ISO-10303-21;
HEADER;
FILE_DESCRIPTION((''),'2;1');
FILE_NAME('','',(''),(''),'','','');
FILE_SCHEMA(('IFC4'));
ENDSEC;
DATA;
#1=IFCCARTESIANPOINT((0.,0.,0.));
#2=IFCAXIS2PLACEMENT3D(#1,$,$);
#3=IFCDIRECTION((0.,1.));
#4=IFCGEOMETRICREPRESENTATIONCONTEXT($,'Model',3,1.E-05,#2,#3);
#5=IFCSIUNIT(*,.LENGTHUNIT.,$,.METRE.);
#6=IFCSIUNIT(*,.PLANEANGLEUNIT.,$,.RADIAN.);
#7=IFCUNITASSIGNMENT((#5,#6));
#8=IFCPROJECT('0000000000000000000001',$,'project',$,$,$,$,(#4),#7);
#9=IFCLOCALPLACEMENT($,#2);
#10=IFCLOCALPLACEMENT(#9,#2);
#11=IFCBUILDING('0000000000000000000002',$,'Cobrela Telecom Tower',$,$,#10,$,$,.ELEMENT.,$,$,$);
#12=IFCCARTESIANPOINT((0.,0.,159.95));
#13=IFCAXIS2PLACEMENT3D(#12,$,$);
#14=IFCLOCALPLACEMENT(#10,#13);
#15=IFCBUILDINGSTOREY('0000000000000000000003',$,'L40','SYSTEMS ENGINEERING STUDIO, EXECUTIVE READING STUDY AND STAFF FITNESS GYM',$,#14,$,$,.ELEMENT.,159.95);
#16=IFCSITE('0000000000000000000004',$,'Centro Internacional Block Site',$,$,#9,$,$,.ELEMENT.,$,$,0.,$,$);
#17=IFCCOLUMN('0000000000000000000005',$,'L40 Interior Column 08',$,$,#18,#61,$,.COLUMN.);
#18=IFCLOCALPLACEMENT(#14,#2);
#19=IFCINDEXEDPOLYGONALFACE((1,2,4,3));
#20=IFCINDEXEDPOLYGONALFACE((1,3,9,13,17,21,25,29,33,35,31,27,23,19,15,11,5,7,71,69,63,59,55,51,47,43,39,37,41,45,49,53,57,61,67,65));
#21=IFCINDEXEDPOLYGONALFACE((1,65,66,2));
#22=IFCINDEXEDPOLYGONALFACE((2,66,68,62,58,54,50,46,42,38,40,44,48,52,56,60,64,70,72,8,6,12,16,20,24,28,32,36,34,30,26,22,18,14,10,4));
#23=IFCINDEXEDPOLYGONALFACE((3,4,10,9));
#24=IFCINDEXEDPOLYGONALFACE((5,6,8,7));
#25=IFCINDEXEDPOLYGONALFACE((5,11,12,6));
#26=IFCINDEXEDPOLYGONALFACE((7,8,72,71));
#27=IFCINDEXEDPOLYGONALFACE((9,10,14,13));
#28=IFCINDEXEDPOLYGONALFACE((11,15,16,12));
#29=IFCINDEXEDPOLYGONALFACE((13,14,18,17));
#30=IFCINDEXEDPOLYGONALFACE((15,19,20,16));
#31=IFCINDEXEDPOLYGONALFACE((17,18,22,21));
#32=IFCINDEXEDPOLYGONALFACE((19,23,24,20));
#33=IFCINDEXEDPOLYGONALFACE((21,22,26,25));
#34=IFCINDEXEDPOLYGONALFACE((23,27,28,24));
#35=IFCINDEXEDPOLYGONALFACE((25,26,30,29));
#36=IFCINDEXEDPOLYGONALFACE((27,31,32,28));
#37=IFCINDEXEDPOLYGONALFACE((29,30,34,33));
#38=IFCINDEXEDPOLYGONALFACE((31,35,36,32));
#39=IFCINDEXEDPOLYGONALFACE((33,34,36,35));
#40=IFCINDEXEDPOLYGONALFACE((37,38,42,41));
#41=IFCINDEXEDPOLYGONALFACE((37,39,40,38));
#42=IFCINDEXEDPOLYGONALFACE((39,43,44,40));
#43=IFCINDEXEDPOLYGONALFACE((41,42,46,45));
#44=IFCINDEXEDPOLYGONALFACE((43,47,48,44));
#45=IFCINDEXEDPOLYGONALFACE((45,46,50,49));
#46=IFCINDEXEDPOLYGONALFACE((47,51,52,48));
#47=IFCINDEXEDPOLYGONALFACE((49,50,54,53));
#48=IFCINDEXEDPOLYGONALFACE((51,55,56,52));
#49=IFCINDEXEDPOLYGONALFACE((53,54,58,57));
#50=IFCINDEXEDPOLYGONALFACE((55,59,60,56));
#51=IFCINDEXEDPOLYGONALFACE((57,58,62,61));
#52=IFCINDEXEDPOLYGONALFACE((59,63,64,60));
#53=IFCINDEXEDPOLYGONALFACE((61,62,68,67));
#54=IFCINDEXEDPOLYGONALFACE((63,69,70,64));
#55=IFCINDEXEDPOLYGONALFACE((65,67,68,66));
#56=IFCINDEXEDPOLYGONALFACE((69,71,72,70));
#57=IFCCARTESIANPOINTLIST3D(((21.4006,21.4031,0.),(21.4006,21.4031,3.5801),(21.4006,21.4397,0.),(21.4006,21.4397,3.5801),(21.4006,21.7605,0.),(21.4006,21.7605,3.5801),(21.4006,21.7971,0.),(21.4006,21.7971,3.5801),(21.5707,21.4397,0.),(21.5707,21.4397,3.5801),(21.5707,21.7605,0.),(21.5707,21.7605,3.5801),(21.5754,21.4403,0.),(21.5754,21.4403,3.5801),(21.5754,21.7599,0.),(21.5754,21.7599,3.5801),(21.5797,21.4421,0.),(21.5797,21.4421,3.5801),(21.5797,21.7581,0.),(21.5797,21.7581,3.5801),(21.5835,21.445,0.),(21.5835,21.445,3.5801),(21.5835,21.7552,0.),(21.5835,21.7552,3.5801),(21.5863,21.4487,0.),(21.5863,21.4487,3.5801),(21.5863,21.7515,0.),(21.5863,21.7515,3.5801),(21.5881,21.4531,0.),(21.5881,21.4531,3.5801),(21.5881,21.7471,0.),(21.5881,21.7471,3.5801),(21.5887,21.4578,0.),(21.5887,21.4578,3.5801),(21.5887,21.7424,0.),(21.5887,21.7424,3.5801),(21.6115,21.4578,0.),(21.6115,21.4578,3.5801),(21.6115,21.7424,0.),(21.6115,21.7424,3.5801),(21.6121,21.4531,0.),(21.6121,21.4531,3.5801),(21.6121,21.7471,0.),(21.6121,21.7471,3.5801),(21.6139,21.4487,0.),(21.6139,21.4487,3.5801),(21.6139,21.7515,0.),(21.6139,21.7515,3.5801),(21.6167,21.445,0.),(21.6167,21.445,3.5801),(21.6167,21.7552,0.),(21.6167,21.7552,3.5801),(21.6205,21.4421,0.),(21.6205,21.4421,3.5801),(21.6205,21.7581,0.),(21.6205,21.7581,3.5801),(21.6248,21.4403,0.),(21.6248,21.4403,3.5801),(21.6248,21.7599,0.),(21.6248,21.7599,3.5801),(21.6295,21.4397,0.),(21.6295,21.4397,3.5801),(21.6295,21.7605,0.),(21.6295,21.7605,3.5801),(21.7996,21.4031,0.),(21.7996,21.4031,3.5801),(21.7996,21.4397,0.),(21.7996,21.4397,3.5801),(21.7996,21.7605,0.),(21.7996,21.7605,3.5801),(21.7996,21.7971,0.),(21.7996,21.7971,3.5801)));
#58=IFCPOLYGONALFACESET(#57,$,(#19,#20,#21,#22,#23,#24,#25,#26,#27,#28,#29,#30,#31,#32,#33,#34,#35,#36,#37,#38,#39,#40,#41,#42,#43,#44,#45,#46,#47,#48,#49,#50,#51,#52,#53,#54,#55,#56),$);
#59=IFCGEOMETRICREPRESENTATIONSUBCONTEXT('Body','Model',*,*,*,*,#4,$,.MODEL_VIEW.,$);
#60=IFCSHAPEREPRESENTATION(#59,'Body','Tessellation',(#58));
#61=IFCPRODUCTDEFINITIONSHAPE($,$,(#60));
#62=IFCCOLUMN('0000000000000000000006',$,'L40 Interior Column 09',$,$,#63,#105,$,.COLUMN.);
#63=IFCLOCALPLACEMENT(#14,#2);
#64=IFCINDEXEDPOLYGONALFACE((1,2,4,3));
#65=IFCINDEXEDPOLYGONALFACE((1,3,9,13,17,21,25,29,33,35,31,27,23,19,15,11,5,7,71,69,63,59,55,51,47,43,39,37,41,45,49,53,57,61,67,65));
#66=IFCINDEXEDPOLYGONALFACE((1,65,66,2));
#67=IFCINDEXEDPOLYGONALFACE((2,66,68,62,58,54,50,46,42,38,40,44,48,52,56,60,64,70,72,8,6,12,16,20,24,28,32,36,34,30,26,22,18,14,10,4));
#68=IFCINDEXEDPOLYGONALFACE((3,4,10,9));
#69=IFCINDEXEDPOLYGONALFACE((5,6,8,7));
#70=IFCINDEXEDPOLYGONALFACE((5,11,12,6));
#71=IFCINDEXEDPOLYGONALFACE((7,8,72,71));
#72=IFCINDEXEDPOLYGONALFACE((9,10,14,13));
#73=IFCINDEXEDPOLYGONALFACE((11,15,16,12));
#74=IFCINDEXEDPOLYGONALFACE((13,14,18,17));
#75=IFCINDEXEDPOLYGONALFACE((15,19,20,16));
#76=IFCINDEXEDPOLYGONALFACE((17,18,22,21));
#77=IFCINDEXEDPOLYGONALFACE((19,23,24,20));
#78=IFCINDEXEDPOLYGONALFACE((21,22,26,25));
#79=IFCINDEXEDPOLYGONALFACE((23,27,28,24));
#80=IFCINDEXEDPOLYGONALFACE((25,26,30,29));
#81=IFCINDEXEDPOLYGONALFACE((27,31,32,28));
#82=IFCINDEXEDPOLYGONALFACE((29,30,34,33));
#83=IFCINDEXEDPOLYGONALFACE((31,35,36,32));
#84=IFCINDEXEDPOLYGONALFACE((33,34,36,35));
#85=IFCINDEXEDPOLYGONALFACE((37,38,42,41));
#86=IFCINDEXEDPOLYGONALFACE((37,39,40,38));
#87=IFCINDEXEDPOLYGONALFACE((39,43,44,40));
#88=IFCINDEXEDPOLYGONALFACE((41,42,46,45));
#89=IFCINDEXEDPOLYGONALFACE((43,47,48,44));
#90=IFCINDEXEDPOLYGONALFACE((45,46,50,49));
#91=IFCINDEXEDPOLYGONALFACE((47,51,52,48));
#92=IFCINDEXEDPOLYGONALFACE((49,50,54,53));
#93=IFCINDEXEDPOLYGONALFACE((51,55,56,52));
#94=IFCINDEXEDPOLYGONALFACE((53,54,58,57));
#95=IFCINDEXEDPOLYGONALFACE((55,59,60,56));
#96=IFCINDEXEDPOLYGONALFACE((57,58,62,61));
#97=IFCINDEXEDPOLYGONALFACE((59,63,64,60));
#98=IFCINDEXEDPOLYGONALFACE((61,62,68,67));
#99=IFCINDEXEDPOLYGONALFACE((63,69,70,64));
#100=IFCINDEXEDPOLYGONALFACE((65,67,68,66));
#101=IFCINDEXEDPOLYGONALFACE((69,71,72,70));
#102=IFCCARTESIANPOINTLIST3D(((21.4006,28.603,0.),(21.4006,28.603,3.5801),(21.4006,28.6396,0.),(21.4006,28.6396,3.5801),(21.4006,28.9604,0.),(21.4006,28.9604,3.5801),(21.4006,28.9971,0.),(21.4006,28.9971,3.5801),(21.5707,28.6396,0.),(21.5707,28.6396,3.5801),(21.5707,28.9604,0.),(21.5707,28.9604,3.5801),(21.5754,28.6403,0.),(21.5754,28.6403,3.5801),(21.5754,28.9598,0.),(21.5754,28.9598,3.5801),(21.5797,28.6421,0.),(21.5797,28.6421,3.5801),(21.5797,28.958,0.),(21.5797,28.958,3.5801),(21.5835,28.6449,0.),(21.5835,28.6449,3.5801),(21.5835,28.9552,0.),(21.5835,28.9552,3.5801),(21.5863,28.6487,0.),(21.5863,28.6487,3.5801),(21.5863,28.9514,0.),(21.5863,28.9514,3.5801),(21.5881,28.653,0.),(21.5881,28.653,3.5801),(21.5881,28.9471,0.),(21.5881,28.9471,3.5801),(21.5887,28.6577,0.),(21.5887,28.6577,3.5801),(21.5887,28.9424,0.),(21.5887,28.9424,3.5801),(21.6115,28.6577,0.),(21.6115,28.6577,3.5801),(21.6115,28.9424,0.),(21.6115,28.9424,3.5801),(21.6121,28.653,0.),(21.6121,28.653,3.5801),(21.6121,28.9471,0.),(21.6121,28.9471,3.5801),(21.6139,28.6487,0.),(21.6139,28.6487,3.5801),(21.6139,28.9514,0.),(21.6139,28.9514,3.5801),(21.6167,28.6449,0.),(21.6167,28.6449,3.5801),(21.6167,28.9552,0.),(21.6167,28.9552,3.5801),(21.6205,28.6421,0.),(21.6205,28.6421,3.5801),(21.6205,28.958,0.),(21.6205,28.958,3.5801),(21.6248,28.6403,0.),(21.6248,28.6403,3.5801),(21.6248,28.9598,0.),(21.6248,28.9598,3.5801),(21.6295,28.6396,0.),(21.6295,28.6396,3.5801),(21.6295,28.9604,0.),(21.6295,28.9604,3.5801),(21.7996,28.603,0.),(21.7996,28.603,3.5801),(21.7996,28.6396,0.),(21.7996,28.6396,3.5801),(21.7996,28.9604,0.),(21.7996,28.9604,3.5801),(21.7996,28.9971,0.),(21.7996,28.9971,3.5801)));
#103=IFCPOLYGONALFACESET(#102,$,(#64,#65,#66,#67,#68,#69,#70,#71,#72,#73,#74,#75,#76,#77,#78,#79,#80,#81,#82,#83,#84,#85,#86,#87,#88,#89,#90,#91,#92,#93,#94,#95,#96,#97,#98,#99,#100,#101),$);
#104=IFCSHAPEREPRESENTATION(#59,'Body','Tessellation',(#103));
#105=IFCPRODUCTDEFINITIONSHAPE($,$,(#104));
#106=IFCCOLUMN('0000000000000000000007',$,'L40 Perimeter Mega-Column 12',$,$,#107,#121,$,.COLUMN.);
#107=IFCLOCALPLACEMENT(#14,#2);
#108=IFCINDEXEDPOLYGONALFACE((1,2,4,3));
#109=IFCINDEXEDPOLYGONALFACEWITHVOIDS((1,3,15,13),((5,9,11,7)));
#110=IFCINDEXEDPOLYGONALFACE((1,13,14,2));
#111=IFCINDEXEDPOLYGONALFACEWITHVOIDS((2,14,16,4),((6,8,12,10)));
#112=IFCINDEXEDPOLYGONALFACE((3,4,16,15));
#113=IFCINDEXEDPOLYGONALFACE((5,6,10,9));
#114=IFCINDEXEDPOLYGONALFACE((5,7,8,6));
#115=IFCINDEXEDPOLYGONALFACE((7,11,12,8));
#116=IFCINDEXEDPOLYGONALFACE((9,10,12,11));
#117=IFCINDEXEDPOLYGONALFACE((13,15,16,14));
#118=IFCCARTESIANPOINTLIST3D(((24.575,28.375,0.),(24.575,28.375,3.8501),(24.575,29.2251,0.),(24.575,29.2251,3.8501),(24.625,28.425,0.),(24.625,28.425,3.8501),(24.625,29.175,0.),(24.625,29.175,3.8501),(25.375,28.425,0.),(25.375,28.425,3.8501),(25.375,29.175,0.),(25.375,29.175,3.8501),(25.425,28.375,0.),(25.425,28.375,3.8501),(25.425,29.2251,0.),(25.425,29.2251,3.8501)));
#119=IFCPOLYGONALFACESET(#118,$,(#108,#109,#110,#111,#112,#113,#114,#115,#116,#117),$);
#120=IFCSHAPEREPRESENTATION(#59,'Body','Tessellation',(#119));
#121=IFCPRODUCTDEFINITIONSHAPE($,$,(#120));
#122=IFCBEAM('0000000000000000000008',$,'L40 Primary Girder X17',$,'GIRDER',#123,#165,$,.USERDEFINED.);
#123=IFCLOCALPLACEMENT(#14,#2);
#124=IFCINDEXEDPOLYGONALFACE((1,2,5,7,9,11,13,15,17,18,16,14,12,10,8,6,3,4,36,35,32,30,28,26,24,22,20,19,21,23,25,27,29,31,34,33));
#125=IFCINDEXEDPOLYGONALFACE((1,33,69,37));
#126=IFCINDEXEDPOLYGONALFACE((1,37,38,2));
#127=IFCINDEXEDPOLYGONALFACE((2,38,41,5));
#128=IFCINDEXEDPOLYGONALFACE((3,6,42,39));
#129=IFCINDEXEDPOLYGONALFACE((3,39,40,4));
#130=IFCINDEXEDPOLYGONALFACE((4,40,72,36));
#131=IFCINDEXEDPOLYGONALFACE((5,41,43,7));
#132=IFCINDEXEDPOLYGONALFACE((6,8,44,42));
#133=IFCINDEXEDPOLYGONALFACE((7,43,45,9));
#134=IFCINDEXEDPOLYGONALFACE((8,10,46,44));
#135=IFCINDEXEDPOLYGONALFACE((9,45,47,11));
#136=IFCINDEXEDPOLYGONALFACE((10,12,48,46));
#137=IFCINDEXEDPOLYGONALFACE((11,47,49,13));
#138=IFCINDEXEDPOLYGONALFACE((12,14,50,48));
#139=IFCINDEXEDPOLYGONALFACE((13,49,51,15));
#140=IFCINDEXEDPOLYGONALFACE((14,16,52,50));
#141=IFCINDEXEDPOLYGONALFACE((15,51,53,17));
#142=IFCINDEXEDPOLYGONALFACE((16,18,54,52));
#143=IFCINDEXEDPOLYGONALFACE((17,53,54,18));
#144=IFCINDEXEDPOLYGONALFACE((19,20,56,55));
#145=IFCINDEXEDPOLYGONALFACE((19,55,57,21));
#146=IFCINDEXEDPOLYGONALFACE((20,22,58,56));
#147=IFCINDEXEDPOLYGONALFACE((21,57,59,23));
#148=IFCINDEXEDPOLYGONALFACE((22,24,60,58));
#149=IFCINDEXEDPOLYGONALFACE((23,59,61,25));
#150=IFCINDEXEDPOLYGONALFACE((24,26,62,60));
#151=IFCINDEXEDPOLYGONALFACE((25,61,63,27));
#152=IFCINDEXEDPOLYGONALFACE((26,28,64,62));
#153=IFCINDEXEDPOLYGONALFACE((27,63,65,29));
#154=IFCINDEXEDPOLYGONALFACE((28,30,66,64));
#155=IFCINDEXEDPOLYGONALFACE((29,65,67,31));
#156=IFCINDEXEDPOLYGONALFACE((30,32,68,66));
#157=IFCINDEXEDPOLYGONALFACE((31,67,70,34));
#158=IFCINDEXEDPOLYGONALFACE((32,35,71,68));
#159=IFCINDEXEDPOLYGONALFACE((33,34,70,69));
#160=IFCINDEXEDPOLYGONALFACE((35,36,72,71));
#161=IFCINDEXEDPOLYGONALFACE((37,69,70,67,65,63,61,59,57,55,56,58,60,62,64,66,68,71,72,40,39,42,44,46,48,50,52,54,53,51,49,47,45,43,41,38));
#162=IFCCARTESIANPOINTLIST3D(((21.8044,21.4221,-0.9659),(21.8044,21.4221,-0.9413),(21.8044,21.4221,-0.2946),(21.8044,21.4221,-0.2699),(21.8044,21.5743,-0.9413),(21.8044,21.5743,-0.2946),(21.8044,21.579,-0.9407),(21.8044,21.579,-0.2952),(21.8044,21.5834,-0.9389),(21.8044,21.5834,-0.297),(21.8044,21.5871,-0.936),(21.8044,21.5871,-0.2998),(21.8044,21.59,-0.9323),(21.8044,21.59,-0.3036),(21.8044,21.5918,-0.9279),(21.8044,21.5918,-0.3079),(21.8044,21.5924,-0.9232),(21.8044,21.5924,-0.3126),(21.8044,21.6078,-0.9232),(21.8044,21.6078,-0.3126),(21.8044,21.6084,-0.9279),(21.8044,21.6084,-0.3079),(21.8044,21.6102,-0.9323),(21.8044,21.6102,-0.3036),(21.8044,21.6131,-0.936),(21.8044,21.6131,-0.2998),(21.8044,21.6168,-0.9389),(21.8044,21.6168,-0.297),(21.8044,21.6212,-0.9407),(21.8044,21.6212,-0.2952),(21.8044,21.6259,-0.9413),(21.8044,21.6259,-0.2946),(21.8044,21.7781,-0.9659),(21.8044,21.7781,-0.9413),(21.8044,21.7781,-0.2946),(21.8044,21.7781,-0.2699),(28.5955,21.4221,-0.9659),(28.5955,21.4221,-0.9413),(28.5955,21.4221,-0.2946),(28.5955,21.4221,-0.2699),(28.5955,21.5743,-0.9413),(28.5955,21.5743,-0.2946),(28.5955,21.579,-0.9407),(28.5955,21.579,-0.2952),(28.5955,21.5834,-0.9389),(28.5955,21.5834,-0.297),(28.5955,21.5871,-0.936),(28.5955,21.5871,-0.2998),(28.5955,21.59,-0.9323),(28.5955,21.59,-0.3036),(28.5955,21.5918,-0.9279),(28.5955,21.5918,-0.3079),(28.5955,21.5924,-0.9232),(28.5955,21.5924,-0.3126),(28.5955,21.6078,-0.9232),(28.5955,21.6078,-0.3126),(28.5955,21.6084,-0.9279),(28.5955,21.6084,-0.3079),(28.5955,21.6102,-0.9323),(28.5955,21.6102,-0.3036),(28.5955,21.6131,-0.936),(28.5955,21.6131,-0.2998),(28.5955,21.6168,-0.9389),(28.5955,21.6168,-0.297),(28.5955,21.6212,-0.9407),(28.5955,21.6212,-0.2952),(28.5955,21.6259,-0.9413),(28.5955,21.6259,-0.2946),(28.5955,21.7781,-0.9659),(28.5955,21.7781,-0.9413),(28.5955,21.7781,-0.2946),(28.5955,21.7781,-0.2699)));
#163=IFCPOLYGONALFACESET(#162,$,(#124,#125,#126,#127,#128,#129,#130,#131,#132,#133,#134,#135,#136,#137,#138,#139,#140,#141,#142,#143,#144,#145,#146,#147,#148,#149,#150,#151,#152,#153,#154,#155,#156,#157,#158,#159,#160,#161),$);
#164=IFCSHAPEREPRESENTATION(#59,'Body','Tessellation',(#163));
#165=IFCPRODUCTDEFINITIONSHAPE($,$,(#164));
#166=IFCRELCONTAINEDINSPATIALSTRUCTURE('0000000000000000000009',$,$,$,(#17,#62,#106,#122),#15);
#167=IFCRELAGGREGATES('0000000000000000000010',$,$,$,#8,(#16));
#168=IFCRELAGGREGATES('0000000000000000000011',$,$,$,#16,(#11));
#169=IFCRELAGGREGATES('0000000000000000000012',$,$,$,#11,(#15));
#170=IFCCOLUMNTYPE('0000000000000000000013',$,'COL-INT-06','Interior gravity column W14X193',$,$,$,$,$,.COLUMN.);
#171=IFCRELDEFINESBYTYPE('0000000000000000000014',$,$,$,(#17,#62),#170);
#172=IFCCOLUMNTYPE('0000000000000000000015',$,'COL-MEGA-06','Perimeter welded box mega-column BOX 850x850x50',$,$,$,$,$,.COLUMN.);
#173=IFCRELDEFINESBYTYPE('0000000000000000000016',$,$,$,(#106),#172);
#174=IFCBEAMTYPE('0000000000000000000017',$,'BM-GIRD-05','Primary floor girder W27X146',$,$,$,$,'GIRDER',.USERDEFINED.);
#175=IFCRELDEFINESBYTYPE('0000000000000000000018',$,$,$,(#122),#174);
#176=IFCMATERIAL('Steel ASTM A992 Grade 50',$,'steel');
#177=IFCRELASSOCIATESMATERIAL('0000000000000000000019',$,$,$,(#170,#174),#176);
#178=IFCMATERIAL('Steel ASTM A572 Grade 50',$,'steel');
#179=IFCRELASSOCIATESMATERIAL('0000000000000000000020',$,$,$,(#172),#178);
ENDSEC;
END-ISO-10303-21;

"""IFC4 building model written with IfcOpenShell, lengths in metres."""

from ifc_helpers import new_model, si_unit, direction, frame, origin, origin_2d, place, context, subcontext, project, spatial, hollow_rectangle, i_section, extrude, material, material_profile, profile_set, type_object, element, save


model = new_model("IFC4")

# Units and contexts
model_context = context("Model", 3, precision=1e-05, world=origin(), true_north=direction((0.0, 1.0)))
body_context = subcontext(model_context, "Body", "Model", "MODEL_VIEW")
ifc_project = project(units=[si_unit("LENGTHUNIT", "METRE"), si_unit("PLANEANGLEUNIT", "RADIAN")], contexts=[model_context])

# Site, building, storey
site_placement = place(None, origin())
site = spatial("IfcSite", under=ifc_project, at=site_placement, Name="Centro Internacional Block Site", CompositionType="ELEMENT", RefElevation=0.0)
building_placement = place(site_placement, origin())
building = spatial("IfcBuilding", under=site, at=building_placement, Name="Cobrela Telecom Tower", CompositionType="ELEMENT")
storey_placement = place(building_placement, frame((0.0, 0.0, 159.95)))
storey = spatial("IfcBuildingStorey", under=building, at=storey_placement, Name="L40", Description="SYSTEMS ENGINEERING STUDIO, EXECUTIVE READING STUDY AND STAFF FITNESS GYM", CompositionType="ELEMENT", Elevation=159.95)

# Columns
ifc_material_1 = material(Name="Steel ASTM A992 Grade 50", Category="steel")
ifc_material_profile_1 = material_profile(ifc_material_1, i_section(OverallWidth=0.3989, OverallDepth=0.394, WebThickness=0.0227, FlangeThickness=0.0366, FilletRadius=0.0181, at=origin_2d()), Name="W14X193")
ifc_profile_set_1 = profile_set([ifc_material_profile_1], Name="Steel ASTM A992 Grade 50")
column_type_1 = type_object("IfcColumnType", Name="COL-INT-06", Description="Interior gravity column W14X193", PredefinedType="COLUMN", material=ifc_profile_set_1)
for number, where, z_axis, x_axis, name in (
    (1, (21.6001, 21.6001, 0.0), (0.0, 0.0, 1.0), (1.0, 0.0, 0.0), "L40 Interior Column 08"),
    (2, (21.6001, 28.8, 0.0), (0.0, 0.0, 1.0), (1.0, 0.0, 0.0), "L40 Interior Column 09"),
):
    element("IfcColumn", number, at=place(storey_placement, frame(where, z_axis=z_axis, x_axis=x_axis)), inside=storey, type_object=column_type_1, Name=name, PredefinedType="COLUMN", context=body_context, shape_type="SweptSolid", body=[
        extrude(i_section(OverallWidth=0.3989, OverallDepth=0.394, WebThickness=0.0227, FlangeThickness=0.0366, FilletRadius=0.0181, at=origin_2d()), origin(), (0.0, 0.0, 1.0), 3.5801),
    ])
ifc_material_2 = material(Name="Steel ASTM A572 Grade 50", Category="steel")
ifc_material_profile_2 = material_profile(ifc_material_2, hollow_rectangle(XDim=0.8501, YDim=0.8501, WallThickness=0.05, at=origin_2d()), Name="BOX 850x850x50")
ifc_profile_set_2 = profile_set([ifc_material_profile_2], Name="Steel ASTM A572 Grade 50")
column_type_2 = type_object("IfcColumnType", Name="COL-MEGA-06", Description="Perimeter welded box mega-column BOX 850x850x50", PredefinedType="COLUMN", material=ifc_profile_set_2)
column_placement = place(storey_placement, frame((25.0, 28.8, 0.0), z_axis=(0.0, 0.0, 1.0), x_axis=(1.0, 0.0, 0.0)))
element("IfcColumn", 3, at=column_placement, inside=storey, type_object=column_type_2, Name="L40 Perimeter Mega-Column 12", PredefinedType="COLUMN", context=body_context, shape_type="SweptSolid", body=[
    extrude(hollow_rectangle(XDim=0.8501, YDim=0.8501, WallThickness=0.05, at=origin_2d()), origin(), (0.0, 0.0, 1.0), 3.8501),
])

# Beam
ifc_material_profile_3 = material_profile(ifc_material_1, i_section(OverallWidth=0.356, OverallDepth=0.696, WebThickness=0.0154, FlangeThickness=0.0247, FilletRadius=0.0181, at=origin_2d()), Name="W27X146")
ifc_profile_set_3 = profile_set([ifc_material_profile_3], Name="Steel ASTM A992 Grade 50")
beam_type_1 = type_object("IfcBeamType", Name="BM-GIRD-05", Description="Primary floor girder W27X146", ElementType="GIRDER", PredefinedType="USERDEFINED", material=ifc_profile_set_3)
beam_1_placement = place(storey_placement, frame((21.8044, 21.6001, -0.6179), z_axis=(1.0, 0.0, 0.0), x_axis=(0.0, 1.0, 0.0)))
element("IfcBeam", 4, at=beam_1_placement, inside=storey, type_object=beam_type_1, Name="L40 Primary Girder X17", ObjectType="GIRDER", PredefinedType="USERDEFINED", context=body_context, shape_type="SweptSolid", body=[
    extrude(i_section(OverallWidth=0.356, OverallDepth=0.696, WebThickness=0.0154, FlangeThickness=0.0247, FilletRadius=0.0181, at=origin_2d()), origin(), (0.0, 0.0, 1.0), 6.791),
])

save(model, "model.ifc")
